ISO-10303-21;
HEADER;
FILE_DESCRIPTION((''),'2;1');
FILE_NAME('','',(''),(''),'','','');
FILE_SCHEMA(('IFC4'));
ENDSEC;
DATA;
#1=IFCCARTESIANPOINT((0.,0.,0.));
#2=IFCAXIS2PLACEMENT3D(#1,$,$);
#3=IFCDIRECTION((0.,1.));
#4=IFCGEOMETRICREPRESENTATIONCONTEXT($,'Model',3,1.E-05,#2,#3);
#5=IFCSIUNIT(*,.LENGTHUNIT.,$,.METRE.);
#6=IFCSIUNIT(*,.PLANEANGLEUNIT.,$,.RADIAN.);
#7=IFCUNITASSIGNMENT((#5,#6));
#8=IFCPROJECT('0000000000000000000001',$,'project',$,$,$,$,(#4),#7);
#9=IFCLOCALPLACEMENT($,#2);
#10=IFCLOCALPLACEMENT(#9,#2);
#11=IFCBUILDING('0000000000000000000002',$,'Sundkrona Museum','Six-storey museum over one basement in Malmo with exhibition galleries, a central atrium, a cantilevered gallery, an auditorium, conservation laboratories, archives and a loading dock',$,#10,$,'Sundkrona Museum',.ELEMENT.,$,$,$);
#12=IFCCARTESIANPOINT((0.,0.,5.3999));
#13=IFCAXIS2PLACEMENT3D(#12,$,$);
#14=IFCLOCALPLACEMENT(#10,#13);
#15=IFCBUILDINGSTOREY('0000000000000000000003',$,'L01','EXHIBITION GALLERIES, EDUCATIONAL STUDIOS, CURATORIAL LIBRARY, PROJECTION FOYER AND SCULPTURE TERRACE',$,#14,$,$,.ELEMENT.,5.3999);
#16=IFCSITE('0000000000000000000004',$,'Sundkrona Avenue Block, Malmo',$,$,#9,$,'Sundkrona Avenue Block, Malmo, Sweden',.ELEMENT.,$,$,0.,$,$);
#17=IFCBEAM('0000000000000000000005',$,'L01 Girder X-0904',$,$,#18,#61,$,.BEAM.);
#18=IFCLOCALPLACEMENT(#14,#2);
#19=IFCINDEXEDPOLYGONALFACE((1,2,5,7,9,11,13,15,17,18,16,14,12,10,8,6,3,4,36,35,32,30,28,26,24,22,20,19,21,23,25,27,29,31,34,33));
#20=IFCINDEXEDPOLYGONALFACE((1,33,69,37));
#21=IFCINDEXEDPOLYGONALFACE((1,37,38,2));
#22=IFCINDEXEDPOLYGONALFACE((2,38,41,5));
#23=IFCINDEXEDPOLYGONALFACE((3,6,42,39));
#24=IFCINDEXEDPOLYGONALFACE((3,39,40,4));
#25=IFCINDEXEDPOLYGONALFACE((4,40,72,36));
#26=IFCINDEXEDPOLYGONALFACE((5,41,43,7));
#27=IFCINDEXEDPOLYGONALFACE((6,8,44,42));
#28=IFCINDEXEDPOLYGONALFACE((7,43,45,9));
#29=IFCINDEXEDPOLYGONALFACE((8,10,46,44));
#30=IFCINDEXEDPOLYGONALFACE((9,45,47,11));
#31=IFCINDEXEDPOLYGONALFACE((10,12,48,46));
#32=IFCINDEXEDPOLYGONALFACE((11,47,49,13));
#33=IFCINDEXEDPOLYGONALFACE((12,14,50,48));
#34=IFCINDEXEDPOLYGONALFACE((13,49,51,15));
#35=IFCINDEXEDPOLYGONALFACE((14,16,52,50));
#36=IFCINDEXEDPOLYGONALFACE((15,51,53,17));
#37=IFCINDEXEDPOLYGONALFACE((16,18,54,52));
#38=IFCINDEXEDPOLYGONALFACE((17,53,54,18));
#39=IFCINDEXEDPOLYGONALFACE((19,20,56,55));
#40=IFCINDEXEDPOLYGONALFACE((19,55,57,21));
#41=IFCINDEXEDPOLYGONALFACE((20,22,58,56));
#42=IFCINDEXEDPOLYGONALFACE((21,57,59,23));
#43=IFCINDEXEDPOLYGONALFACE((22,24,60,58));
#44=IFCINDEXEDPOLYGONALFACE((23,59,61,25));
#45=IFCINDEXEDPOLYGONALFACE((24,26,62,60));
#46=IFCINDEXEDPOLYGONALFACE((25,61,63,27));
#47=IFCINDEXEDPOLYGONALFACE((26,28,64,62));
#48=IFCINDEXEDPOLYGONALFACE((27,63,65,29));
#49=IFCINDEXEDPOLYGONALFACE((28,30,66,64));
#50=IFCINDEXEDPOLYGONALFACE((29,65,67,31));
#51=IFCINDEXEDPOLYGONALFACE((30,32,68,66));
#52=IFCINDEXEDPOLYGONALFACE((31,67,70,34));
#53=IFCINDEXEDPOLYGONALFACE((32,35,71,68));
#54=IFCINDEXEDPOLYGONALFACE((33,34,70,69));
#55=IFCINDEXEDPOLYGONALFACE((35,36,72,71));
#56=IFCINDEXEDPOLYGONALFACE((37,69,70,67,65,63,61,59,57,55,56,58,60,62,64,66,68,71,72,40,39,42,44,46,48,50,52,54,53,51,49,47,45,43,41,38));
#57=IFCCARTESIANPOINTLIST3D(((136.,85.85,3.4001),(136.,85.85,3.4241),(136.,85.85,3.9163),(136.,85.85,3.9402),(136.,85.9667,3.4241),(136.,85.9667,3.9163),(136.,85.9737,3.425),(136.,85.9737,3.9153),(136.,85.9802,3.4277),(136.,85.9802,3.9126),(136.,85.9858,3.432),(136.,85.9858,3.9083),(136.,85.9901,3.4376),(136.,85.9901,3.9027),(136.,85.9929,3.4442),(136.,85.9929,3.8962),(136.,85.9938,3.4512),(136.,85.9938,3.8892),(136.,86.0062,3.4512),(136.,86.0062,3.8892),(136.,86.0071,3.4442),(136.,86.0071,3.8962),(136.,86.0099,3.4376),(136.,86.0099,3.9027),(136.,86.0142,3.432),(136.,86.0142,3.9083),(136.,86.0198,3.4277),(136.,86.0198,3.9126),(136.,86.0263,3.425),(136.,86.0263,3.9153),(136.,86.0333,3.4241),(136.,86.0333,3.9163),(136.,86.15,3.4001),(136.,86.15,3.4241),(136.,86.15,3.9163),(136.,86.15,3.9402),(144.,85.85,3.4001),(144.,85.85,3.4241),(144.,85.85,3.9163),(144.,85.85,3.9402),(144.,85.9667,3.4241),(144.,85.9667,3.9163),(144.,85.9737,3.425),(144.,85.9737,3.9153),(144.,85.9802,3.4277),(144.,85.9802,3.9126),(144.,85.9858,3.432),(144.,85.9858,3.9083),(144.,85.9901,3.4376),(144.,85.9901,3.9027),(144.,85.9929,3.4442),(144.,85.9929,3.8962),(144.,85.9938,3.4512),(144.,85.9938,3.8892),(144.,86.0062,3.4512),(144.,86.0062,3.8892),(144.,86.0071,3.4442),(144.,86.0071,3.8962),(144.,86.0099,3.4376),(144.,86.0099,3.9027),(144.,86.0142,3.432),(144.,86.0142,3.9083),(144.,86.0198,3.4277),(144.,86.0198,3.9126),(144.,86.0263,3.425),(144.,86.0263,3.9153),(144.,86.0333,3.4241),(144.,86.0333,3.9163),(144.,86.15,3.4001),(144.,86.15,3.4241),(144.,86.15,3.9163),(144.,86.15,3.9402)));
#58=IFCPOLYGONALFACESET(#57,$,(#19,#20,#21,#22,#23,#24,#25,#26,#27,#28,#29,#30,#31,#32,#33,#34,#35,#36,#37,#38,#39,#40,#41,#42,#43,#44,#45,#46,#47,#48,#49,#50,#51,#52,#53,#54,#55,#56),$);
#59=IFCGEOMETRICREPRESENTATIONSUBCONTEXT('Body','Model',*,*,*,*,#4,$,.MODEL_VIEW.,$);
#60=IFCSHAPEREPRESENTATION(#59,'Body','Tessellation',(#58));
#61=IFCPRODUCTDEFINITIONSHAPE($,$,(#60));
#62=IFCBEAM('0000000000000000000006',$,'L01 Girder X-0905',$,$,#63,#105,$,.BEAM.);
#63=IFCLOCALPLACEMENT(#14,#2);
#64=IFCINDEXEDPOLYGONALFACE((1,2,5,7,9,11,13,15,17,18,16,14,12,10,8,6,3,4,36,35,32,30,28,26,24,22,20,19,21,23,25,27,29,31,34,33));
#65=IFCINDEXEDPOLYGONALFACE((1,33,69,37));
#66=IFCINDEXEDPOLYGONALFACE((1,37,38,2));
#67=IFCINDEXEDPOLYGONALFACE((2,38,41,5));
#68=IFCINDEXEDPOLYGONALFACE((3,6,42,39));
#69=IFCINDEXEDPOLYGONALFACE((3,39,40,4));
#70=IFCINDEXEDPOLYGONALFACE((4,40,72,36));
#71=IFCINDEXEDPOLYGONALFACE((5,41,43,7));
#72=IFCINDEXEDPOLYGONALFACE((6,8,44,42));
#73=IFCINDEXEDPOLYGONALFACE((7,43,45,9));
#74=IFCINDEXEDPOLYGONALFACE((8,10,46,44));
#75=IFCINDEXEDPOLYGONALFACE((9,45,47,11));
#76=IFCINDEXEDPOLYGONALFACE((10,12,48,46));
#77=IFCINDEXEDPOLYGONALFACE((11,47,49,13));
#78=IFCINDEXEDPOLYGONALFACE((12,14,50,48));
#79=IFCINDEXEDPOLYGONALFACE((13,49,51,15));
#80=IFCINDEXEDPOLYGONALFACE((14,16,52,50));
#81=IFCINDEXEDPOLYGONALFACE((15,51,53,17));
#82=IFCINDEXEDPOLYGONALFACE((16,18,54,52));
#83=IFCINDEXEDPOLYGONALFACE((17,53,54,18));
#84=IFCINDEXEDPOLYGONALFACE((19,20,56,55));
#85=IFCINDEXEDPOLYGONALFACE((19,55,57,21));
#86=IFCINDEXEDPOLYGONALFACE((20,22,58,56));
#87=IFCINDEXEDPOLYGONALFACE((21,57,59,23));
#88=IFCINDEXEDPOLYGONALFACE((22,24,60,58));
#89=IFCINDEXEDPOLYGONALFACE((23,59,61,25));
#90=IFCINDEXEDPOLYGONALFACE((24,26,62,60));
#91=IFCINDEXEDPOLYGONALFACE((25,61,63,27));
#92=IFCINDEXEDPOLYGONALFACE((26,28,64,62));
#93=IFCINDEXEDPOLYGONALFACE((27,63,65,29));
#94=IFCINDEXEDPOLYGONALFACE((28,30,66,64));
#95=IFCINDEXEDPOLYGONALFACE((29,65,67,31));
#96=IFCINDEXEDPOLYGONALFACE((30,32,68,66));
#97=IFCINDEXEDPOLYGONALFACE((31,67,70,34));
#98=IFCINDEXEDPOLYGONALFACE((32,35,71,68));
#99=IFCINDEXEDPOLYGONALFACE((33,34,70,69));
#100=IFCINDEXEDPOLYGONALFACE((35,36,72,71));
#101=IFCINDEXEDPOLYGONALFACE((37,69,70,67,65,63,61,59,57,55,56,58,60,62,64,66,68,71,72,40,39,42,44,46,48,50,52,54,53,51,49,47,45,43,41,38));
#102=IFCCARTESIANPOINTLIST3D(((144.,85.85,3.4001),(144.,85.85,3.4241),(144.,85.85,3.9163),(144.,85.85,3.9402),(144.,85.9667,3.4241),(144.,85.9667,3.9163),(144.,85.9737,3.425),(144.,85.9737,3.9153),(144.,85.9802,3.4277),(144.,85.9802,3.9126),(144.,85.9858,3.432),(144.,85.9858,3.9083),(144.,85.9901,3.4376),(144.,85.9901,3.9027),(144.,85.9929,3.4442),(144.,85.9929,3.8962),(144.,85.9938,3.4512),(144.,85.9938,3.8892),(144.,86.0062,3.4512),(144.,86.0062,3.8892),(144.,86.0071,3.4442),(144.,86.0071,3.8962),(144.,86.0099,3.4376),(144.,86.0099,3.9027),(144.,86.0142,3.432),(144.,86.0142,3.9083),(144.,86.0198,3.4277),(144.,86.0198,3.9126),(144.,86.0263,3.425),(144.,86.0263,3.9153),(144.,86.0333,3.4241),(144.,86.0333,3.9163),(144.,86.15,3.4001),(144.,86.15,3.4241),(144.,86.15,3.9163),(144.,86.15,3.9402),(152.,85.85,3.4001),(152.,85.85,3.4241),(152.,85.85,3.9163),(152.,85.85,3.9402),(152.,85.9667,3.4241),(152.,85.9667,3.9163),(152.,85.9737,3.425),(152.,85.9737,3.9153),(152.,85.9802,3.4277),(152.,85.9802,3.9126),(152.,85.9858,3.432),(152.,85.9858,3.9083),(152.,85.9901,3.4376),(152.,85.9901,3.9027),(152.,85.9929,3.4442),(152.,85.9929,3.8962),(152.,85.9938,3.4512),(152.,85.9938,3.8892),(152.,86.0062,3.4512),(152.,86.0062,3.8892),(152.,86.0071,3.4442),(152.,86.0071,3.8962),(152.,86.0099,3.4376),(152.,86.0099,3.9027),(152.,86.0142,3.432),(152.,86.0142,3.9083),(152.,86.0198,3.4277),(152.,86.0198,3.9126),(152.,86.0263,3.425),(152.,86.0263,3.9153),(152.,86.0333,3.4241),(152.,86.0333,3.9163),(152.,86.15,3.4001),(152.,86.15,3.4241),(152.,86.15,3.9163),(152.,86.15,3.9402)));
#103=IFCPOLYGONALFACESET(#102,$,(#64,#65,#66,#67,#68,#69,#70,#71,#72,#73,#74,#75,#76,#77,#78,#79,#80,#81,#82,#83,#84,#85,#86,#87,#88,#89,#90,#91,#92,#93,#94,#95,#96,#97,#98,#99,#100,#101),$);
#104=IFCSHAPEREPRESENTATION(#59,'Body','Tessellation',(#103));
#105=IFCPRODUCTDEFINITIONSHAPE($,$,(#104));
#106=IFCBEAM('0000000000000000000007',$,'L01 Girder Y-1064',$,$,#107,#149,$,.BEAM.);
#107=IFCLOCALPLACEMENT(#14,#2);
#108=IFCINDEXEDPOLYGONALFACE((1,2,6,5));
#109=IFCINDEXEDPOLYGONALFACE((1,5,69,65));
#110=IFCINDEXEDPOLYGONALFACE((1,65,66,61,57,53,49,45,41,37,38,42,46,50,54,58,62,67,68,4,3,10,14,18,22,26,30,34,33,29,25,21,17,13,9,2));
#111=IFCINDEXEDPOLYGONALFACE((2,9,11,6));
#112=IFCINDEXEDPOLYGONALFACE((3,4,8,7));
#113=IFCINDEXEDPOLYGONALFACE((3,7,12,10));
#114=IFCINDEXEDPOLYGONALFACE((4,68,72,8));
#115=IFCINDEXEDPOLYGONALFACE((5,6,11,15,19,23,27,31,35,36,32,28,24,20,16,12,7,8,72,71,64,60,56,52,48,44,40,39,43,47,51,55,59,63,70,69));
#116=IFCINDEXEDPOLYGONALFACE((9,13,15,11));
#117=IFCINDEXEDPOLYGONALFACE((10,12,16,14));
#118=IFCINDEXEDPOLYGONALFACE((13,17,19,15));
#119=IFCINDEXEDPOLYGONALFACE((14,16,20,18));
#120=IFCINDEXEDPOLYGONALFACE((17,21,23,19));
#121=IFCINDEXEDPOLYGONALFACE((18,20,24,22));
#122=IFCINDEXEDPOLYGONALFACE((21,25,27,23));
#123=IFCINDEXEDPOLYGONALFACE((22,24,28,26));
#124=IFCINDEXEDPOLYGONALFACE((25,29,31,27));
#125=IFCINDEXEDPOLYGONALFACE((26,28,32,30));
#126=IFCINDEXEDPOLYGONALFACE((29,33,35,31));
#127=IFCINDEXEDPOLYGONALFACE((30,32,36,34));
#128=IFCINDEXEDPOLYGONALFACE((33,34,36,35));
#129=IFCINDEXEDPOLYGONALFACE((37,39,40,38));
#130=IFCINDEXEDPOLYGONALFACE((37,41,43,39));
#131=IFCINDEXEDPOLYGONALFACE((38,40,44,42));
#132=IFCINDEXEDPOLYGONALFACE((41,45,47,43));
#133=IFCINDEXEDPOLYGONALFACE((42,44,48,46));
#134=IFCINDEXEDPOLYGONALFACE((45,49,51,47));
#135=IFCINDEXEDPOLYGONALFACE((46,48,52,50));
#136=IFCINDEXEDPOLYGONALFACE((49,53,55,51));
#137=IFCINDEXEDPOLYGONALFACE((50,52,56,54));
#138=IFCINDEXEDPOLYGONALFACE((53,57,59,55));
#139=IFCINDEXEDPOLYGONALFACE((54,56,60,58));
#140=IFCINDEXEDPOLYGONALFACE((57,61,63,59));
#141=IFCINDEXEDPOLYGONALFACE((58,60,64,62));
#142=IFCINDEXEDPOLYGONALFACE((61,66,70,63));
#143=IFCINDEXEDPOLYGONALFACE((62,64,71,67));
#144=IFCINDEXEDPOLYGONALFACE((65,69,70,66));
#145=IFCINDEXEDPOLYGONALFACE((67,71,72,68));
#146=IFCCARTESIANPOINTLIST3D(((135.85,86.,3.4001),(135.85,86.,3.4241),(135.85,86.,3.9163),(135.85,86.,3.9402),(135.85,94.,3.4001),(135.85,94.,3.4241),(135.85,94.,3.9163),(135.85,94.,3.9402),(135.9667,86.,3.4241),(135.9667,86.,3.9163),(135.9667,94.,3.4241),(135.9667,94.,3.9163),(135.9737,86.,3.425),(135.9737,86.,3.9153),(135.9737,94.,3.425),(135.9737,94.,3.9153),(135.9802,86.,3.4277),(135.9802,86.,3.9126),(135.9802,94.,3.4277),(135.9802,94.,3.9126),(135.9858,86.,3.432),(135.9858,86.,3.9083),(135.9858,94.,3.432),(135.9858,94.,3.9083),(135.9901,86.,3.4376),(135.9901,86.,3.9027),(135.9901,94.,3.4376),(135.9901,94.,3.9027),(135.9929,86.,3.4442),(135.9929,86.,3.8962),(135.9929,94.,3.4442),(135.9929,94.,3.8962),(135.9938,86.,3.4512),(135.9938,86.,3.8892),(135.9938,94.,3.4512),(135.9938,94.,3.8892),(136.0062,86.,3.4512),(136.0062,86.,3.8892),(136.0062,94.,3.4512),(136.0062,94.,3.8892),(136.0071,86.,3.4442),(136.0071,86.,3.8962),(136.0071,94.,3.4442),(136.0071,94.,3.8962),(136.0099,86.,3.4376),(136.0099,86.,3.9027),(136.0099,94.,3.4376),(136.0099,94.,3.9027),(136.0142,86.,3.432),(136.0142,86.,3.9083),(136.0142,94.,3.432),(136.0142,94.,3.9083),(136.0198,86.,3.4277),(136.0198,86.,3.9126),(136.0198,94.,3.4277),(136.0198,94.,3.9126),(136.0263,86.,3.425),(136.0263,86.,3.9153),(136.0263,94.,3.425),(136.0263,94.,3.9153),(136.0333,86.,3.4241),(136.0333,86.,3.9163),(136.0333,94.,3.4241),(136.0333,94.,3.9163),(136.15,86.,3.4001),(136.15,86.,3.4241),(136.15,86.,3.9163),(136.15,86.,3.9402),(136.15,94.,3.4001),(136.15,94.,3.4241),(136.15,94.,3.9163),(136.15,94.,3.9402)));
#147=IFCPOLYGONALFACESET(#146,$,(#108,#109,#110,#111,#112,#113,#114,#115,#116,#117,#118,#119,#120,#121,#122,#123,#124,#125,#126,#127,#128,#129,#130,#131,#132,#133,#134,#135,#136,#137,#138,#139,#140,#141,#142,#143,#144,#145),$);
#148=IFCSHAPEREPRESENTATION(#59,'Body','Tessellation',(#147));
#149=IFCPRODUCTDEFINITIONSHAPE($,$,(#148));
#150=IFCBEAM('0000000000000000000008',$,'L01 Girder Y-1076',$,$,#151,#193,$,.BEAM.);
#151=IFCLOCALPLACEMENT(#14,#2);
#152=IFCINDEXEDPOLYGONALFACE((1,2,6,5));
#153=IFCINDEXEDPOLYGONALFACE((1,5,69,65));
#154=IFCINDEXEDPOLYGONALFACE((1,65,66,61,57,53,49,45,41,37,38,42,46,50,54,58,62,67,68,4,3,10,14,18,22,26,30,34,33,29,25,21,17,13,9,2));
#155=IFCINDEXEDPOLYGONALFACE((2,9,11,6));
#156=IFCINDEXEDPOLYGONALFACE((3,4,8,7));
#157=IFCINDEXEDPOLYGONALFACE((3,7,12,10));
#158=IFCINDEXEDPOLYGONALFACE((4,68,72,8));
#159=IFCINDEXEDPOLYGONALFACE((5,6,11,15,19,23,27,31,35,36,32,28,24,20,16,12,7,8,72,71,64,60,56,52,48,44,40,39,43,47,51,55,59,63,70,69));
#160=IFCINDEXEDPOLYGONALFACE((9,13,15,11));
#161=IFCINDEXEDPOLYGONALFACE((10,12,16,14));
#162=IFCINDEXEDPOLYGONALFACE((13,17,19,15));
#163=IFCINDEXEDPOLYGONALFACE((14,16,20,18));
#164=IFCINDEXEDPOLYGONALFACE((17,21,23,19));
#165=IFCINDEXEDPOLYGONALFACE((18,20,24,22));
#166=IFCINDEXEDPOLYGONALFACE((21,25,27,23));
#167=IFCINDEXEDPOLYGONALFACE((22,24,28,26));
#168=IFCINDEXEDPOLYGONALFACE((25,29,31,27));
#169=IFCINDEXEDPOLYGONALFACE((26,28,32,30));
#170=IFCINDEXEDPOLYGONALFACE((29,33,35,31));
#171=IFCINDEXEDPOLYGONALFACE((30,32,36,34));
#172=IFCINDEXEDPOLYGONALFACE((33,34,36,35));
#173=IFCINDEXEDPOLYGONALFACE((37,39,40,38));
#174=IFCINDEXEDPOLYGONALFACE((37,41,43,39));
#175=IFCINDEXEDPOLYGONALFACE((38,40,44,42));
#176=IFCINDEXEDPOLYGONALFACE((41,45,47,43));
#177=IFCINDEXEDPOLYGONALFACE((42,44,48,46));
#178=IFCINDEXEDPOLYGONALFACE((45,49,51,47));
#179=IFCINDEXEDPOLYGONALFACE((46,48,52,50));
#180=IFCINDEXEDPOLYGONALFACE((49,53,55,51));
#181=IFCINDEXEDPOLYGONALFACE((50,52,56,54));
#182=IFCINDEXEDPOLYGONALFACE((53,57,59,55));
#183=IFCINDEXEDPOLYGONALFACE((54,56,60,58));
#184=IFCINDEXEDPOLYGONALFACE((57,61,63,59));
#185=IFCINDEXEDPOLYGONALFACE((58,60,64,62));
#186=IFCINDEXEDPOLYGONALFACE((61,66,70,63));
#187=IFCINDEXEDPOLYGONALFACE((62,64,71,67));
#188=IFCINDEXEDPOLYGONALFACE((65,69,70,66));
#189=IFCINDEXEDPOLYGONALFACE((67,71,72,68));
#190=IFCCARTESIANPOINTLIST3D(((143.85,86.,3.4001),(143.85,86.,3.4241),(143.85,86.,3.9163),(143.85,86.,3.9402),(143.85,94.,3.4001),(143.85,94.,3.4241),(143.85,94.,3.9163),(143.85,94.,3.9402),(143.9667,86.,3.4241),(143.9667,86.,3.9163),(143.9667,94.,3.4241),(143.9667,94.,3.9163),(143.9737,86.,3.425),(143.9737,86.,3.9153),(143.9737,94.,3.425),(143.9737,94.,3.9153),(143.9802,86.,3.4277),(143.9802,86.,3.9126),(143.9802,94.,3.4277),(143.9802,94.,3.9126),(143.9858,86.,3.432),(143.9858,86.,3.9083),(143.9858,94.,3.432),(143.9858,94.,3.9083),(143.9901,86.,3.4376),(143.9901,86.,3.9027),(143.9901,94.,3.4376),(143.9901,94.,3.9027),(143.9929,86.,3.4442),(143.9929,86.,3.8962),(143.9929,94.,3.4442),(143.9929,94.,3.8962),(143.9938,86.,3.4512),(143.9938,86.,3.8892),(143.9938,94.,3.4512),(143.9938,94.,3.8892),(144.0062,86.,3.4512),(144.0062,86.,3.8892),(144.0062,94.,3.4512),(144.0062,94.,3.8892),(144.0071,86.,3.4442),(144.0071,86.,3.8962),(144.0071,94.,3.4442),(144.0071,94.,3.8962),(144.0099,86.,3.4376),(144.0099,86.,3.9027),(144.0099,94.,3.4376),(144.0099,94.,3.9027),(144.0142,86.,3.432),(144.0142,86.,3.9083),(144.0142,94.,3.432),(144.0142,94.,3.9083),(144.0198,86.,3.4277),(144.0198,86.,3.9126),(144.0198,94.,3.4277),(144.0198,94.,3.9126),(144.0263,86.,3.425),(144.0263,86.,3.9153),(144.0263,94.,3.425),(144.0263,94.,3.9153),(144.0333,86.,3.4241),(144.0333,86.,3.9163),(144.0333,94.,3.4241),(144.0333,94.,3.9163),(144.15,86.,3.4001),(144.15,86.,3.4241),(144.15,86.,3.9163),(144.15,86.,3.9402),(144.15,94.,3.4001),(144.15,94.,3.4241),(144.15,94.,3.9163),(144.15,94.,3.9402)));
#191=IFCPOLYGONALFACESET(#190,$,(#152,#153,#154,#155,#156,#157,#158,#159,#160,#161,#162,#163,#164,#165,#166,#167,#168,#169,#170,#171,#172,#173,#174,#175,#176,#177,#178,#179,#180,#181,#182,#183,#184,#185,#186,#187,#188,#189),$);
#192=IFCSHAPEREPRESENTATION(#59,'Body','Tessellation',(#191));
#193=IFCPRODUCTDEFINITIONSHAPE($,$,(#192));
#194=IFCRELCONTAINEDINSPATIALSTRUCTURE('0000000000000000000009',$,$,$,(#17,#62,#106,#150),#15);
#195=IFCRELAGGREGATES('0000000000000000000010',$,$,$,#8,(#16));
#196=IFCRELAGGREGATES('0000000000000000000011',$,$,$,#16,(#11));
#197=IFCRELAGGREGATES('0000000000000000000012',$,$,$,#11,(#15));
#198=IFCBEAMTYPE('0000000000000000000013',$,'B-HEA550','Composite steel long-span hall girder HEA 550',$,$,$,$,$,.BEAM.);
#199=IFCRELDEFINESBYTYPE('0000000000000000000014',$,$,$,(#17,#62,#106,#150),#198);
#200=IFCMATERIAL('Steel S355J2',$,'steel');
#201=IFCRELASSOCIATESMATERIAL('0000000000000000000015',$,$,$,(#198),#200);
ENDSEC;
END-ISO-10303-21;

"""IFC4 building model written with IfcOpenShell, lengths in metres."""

from ifc_helpers import new_model, si_unit, direction, frame, origin, origin_2d, place, context, subcontext, project, spatial, i_section, extrude, material, material_profile, profile_set, type_object, element, save


model = new_model("IFC4")

# Units and contexts
model_context = context("Model", 3, precision=1e-05, world=origin(), true_north=direction((0.0, 1.0)))
body_context = subcontext(model_context, "Body", "Model", "MODEL_VIEW")
ifc_project = project(units=[si_unit("LENGTHUNIT", "METRE"), si_unit("PLANEANGLEUNIT", "RADIAN")], contexts=[model_context])

# Site, building, storey
site_placement = place(None, origin())
site = spatial("IfcSite", under=ifc_project, at=site_placement, Name="Sundkrona Avenue Block, Malmo", LongName="Sundkrona Avenue Block, Malmo, Sweden", CompositionType="ELEMENT", RefElevation=0.0)
building_placement = place(site_placement, origin())
building = spatial("IfcBuilding", under=site, at=building_placement, Name="Sundkrona Museum", Description="Six-storey museum over one basement in Malmo with exhibition galleries, a central atrium, a cantilevered gallery, an auditorium, conservation laboratories, archives and a loading dock", LongName="Sundkrona Museum", CompositionType="ELEMENT")
storey_placement = place(building_placement, frame((0.0, 0.0, 5.3999)))
storey = spatial("IfcBuildingStorey", under=building, at=storey_placement, Name="L01", Description="EXHIBITION GALLERIES, EDUCATIONAL STUDIOS, CURATORIAL LIBRARY, PROJECTION FOYER AND SCULPTURE TERRACE", CompositionType="ELEMENT", Elevation=5.3999)

# Shared definitions
ifc_material_1 = material(Name="Steel S355J2", Category="steel")

# Beams
ifc_material_profile_1 = material_profile(ifc_material_1, i_section(OverallWidth=0.3, OverallDepth=0.54, WebThickness=0.0125, FlangeThickness=0.0239, FilletRadius=0.0271, at=origin_2d()), Name="HEA 550")
ifc_profile_set_1 = profile_set([ifc_material_profile_1], Name="Steel S355J2")
beam_type_1 = type_object("IfcBeamType", Name="B-HEA550", Description="Composite steel long-span hall girder HEA 550", PredefinedType="BEAM", material=ifc_profile_set_1)
for number, where, z_axis, x_axis, name in (
    (1, (136.0, 86.0, 3.6702), (1.0, 0.0, 0.0), (0.0, 1.0, 0.0), "L01 Girder X-0904"),
    (2, (144.0, 86.0, 3.6702), (1.0, 0.0, 0.0), (0.0, 1.0, 0.0), "L01 Girder X-0905"),
    (3, (136.0, 86.0, 3.6702), (0.0, 1.0, 0.0), (-1.0, 0.0, 0.0), "L01 Girder Y-1064"),
    (4, (144.0, 86.0, 3.6702), (0.0, 1.0, 0.0), (-1.0, 0.0, 0.0), "L01 Girder Y-1076"),
):
    element("IfcBeam", number, at=place(storey_placement, frame(where, z_axis=z_axis, x_axis=x_axis)), inside=storey, type_object=beam_type_1, Name=name, PredefinedType="BEAM", context=body_context, shape_type="SweptSolid", body=[
        extrude(i_section(OverallWidth=0.3, OverallDepth=0.54, WebThickness=0.0125, FlangeThickness=0.0239, FilletRadius=0.0271, at=origin_2d()), origin(), (0.0, 0.0, 1.0), 8.0),
    ])

save(model, "model.ifc")
